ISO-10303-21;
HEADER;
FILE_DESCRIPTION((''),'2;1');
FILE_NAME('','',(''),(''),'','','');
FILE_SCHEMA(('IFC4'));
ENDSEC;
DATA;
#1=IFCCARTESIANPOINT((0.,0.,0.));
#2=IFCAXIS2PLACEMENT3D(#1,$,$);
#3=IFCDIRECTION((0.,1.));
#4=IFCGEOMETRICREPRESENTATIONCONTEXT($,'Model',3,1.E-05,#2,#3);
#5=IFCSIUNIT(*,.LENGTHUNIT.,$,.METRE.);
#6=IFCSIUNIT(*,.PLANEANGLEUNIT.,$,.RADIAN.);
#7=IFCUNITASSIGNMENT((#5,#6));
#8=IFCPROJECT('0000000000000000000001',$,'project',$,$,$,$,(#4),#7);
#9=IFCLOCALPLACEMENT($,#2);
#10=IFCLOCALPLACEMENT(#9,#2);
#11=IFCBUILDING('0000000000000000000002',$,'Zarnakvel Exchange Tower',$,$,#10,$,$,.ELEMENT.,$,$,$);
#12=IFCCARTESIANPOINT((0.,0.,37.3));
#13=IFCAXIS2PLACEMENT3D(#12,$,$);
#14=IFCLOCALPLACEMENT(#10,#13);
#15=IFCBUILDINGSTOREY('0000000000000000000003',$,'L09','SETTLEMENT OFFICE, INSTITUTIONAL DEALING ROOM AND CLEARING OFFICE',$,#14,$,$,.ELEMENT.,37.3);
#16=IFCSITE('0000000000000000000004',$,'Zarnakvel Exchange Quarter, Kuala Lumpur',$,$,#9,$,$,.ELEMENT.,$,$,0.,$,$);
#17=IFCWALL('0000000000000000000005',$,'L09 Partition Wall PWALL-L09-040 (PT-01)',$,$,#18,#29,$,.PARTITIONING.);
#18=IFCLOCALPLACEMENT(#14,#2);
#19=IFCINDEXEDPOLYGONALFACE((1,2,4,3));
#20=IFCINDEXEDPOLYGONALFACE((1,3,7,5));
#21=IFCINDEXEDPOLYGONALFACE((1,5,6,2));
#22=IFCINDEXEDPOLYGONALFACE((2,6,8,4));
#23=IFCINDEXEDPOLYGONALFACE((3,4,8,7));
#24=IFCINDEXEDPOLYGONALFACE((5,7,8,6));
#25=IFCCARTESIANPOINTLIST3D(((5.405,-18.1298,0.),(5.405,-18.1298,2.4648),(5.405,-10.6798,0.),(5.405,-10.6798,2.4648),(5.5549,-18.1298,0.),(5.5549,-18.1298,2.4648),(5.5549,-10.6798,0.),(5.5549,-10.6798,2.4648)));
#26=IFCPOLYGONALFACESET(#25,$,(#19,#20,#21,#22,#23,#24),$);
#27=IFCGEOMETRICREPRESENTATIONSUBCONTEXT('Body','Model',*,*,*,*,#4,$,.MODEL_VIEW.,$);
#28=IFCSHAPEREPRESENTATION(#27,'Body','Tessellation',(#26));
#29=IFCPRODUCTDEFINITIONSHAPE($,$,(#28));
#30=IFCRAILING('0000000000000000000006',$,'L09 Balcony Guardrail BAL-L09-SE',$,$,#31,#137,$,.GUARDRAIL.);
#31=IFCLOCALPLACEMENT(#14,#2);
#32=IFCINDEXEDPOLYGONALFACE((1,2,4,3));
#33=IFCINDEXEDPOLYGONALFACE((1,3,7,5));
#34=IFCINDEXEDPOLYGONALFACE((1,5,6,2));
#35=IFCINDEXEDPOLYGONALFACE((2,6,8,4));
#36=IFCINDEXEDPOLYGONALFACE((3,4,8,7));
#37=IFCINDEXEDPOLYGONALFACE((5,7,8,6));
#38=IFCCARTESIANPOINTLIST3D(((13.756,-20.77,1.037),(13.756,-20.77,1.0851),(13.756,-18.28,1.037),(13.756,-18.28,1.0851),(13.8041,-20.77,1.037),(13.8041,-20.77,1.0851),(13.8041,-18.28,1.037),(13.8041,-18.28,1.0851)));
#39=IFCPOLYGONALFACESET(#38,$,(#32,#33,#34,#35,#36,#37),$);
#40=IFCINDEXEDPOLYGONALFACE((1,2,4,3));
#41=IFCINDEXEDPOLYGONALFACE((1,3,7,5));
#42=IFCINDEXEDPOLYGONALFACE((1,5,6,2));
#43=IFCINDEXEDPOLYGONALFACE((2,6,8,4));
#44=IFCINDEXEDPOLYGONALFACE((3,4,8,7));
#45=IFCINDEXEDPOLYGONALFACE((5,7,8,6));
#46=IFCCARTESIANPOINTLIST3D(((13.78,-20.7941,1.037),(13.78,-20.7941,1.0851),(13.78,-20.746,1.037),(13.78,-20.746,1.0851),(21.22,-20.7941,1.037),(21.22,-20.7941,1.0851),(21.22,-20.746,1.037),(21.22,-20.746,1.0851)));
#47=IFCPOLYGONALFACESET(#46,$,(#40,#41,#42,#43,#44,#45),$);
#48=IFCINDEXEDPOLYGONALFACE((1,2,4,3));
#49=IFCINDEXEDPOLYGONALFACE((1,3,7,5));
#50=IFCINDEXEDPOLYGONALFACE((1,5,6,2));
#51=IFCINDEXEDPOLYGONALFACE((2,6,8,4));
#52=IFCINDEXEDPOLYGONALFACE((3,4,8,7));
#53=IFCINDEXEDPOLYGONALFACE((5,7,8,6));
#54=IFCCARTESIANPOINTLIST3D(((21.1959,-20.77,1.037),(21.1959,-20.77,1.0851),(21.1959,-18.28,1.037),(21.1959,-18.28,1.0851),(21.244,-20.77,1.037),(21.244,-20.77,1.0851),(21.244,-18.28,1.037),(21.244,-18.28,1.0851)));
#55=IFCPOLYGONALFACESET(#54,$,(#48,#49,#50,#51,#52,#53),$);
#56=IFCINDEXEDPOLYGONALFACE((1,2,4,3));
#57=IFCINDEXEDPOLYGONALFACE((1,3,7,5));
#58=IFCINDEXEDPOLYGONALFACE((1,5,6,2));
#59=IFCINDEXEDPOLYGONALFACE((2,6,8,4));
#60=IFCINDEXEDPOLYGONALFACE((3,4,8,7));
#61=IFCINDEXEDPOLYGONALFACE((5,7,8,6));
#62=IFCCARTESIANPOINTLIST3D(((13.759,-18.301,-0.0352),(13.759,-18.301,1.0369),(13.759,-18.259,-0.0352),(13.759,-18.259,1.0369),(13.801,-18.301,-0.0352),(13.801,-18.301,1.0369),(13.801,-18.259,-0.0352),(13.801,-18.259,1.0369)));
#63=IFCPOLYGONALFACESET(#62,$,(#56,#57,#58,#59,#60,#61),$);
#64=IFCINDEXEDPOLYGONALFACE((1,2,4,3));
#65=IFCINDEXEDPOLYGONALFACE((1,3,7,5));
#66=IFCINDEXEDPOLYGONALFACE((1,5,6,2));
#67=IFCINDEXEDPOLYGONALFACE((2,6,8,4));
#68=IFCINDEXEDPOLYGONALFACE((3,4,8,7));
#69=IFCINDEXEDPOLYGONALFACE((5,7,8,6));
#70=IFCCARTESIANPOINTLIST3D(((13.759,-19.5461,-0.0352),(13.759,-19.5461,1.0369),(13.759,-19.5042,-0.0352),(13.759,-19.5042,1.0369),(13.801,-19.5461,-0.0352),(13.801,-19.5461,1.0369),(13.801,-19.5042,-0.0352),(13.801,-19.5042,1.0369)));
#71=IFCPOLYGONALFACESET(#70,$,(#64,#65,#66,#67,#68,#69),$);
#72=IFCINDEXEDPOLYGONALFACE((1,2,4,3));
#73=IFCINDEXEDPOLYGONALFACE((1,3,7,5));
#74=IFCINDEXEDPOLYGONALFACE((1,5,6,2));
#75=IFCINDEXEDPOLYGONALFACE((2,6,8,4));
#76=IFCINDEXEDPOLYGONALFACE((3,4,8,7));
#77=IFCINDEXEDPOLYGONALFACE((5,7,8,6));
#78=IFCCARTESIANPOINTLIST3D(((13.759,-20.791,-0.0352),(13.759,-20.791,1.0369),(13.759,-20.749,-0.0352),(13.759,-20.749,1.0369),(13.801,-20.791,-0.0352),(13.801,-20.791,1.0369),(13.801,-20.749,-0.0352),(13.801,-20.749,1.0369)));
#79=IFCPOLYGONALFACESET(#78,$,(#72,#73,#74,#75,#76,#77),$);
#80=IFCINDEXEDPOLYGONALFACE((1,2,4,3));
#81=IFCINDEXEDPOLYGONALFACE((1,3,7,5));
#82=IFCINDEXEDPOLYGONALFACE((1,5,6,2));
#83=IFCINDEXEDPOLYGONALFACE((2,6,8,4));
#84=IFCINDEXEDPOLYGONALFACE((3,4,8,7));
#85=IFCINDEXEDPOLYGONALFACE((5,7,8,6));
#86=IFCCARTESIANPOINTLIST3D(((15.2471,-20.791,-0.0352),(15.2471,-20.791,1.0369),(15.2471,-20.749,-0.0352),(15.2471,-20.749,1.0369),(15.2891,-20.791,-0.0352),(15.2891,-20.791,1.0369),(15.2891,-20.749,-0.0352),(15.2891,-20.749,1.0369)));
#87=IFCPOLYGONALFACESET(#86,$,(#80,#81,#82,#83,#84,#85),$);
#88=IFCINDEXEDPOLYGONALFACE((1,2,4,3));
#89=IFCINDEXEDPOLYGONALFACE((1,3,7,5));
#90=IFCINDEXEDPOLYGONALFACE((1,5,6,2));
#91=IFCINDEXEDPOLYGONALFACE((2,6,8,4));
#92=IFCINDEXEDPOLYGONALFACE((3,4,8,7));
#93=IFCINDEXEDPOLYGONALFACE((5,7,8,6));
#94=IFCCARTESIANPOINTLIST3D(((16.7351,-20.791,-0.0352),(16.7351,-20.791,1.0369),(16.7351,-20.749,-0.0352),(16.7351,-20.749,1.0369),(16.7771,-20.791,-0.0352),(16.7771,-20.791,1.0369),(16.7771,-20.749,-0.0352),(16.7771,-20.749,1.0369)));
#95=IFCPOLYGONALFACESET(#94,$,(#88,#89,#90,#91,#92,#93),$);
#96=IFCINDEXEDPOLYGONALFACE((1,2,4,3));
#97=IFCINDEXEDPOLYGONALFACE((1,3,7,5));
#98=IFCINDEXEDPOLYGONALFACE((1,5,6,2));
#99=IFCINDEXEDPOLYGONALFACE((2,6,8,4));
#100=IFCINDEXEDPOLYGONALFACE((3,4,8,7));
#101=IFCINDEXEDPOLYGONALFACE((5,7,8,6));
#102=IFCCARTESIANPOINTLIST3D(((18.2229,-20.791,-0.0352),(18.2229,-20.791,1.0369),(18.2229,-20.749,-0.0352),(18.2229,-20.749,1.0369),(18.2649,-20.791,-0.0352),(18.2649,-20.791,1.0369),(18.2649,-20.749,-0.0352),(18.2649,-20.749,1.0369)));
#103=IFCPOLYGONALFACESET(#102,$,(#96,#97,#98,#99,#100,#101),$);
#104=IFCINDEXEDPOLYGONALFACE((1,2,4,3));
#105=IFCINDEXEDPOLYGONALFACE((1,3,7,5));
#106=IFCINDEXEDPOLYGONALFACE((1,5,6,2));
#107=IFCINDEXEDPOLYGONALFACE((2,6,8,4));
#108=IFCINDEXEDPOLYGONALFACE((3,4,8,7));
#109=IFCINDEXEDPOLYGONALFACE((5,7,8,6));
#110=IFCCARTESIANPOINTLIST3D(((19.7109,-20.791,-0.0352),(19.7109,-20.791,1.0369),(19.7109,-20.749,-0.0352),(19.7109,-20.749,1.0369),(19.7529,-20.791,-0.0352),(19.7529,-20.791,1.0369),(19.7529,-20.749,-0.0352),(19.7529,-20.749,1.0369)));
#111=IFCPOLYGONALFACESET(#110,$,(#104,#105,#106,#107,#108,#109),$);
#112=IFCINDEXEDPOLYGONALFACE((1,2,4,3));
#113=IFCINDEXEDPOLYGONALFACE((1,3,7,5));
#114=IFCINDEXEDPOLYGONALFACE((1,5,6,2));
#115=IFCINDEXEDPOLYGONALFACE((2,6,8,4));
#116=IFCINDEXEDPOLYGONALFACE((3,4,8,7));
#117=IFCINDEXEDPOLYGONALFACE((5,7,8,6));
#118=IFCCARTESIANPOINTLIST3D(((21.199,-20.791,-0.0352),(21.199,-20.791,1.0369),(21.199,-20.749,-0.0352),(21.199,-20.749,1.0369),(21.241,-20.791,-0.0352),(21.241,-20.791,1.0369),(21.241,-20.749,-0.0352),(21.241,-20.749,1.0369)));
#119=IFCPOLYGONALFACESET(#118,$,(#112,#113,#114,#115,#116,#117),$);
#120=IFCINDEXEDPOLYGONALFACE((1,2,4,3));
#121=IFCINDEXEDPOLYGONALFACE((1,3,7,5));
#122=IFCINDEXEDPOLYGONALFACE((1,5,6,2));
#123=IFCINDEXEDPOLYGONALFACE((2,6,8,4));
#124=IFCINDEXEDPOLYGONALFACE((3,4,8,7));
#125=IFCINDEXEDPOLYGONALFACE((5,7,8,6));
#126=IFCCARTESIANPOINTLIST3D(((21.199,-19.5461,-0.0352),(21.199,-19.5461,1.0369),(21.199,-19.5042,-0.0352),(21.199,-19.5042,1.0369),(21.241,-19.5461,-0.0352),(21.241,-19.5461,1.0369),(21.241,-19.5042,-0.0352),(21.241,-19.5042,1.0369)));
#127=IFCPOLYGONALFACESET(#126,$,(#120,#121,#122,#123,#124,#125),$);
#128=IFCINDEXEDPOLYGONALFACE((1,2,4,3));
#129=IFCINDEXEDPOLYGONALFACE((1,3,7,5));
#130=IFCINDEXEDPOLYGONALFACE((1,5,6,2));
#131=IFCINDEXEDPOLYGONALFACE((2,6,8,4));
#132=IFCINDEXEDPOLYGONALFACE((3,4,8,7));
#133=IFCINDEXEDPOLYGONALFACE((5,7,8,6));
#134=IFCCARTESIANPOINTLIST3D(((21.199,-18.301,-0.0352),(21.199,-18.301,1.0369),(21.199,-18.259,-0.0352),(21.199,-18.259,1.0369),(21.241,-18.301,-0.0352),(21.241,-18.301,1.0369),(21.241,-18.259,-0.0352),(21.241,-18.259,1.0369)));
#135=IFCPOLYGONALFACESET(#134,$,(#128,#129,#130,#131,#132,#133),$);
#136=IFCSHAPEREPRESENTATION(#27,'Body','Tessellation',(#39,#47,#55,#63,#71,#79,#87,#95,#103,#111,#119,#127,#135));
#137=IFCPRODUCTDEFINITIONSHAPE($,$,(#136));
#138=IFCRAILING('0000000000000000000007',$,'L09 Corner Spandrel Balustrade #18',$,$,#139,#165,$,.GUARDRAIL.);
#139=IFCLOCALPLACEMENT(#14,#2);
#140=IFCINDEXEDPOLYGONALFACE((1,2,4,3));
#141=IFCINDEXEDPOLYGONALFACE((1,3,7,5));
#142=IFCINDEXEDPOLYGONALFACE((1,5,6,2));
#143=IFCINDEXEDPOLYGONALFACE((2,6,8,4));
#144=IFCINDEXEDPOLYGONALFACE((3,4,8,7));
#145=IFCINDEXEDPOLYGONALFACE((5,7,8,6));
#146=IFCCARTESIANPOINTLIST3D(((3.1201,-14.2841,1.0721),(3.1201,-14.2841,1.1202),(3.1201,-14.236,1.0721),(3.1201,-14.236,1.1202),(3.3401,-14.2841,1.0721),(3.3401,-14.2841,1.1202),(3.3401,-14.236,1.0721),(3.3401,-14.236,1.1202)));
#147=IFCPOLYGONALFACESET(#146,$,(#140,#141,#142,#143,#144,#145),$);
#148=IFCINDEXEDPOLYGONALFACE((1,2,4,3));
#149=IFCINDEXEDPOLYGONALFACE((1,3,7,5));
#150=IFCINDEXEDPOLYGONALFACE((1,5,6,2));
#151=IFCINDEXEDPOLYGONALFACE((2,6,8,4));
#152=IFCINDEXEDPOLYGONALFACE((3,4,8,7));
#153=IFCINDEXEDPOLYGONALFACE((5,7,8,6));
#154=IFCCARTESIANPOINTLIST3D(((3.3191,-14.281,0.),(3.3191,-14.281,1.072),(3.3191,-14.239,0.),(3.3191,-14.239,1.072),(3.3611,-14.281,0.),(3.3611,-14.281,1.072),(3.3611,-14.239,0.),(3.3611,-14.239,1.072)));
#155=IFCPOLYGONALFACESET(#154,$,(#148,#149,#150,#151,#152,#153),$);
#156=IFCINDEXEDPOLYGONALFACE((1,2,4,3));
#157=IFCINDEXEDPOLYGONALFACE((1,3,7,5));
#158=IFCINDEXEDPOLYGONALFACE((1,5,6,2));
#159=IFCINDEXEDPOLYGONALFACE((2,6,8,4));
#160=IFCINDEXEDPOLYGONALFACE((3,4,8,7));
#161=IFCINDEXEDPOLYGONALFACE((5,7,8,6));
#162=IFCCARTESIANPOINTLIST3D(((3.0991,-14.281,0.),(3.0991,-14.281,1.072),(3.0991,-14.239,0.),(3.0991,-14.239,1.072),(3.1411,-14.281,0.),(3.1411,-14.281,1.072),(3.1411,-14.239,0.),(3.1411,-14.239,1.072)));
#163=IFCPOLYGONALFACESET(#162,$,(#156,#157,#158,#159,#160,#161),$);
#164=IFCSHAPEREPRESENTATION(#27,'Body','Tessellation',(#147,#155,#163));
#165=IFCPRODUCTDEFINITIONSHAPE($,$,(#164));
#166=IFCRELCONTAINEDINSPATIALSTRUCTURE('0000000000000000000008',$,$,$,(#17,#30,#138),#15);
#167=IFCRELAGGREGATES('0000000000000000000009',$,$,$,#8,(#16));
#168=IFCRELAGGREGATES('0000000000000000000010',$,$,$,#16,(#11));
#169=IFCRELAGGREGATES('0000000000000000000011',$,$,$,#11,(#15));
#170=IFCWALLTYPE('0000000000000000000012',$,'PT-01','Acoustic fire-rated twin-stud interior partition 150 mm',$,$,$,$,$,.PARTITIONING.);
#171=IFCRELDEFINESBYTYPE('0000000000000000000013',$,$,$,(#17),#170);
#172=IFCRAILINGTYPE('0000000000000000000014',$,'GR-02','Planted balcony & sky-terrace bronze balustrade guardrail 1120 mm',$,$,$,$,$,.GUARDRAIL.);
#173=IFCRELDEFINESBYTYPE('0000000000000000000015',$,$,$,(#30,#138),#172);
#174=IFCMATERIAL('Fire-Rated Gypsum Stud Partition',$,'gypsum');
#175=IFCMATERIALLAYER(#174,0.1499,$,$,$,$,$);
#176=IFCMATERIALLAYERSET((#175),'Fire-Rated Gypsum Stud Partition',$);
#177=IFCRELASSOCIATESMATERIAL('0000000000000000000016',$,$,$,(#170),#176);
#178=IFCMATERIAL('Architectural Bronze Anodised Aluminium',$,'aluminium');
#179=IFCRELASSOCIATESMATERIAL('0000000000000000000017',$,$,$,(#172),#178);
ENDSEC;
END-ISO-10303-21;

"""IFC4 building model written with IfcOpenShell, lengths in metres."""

from ifc_helpers import new_model, si_unit, direction, frame, frame_2d, origin, origin_2d, place, context, subcontext, project, spatial, rectangle, extrude, material, layer, layer_set, type_object, element, save


model = new_model("IFC4")

# Units and contexts
model_context = context("Model", 3, precision=1e-05, world=origin(), true_north=direction((0.0, 1.0)))
body_context = subcontext(model_context, "Body", "Model", "MODEL_VIEW")
ifc_project = project(units=[si_unit("LENGTHUNIT", "METRE"), si_unit("PLANEANGLEUNIT", "RADIAN")], contexts=[model_context])

# Site, building, storey
site_placement = place(None, origin())
site = spatial("IfcSite", under=ifc_project, at=site_placement, Name="Zarnakvel Exchange Quarter, Kuala Lumpur", CompositionType="ELEMENT", RefElevation=0.0)
building_placement = place(site_placement, origin())
building = spatial("IfcBuilding", under=site, at=building_placement, Name="Zarnakvel Exchange Tower", CompositionType="ELEMENT")
storey_placement = place(building_placement, frame((0.0, 0.0, 37.3)))
storey = spatial("IfcBuildingStorey", under=building, at=storey_placement, Name="L09", Description="SETTLEMENT OFFICE, INSTITUTIONAL DEALING ROOM AND CLEARING OFFICE", CompositionType="ELEMENT", Elevation=37.3)

# Shared definitions
ifc_material_1 = material(Name="Architectural Bronze Anodised Aluminium", Category="aluminium")

# Wall
ifc_material_2 = material(Name="Fire-Rated Gypsum Stud Partition", Category="gypsum")
ifc_layer_1 = layer(ifc_material_2, 0.1499)
ifc_layer_set_1 = layer_set([ifc_layer_1], Name="Fire-Rated Gypsum Stud Partition")
wall_type_1 = type_object("IfcWallType", Name="PT-01", Description="Acoustic fire-rated twin-stud interior partition 150 mm", PredefinedType="PARTITIONING", material=ifc_layer_set_1)
wall_1_placement = place(storey_placement, frame((5.48, -18.1299, 0.0), z_axis=(0.0, 0.0, 1.0), x_axis=(0.0, 1.0, 0.0)))
element("IfcWall", 1, at=wall_1_placement, inside=storey, type_object=wall_type_1, Name="L09 Partition Wall PWALL-L09-040 (PT-01)", PredefinedType="PARTITIONING", context=body_context, shape_type="SweptSolid", body=[
    extrude(rectangle(XDim=7.45, YDim=0.1499, at=frame_2d((3.7251, 0.0))), origin(), (0.0, 0.0, 1.0), 2.4648),
])

# Railings
railing_type = type_object("IfcRailingType", Name="GR-02", Description="Planted balcony & sky-terrace bronze balustrade guardrail 1120 mm", PredefinedType="GUARDRAIL", material=ifc_material_1)
railing_1_placement = place(storey_placement, frame((13.78, -18.28, -0.0352)))
element("IfcRailing", 2, at=railing_1_placement, inside=storey, type_object=railing_type, Name="L09 Balcony Guardrail BAL-L09-SE", PredefinedType="GUARDRAIL", context=body_context, shape_type="SweptSolid", body=[
    extrude(rectangle(XDim=0.0481, YDim=0.0481, at=origin_2d()), frame((0.0, 0.0, 1.0962), z_axis=(0.0, -1.0, 0.0), x_axis=(1.0, 0.0, 0.0)), (0.0, 0.0, 1.0), 2.49),
    extrude(rectangle(XDim=0.0481, YDim=0.0481, at=origin_2d()), frame((0.0, -2.49, 1.0962), z_axis=(1.0, 0.0, 0.0), x_axis=(0.0, 1.0, 0.0)), (0.0, 0.0, 1.0), 7.4399),
    extrude(rectangle(XDim=0.0481, YDim=0.0481, at=origin_2d()), frame((7.4399, -2.49, 1.0962), z_axis=(0.0, 1.0, 0.0), x_axis=(-1.0, 0.0, 0.0)), (0.0, 0.0, 1.0), 2.49),
    extrude(rectangle(XDim=0.042, YDim=0.042, at=origin_2d()), origin(), (0.0, 0.0, 1.0), 1.072),
    extrude(rectangle(XDim=0.042, YDim=0.042, at=origin_2d()), frame((0.0, -1.2451, 0.0)), (0.0, 0.0, 1.0), 1.072),
    extrude(rectangle(XDim=0.042, YDim=0.042, at=origin_2d()), frame((0.0, -2.49, 0.0)), (0.0, 0.0, 1.0), 1.072),
    extrude(rectangle(XDim=0.042, YDim=0.042, at=origin_2d()), frame((1.488, -2.49, 0.0)), (0.0, 0.0, 1.0), 1.072),
    extrude(rectangle(XDim=0.042, YDim=0.042, at=origin_2d()), frame((2.9761, -2.49, 0.0)), (0.0, 0.0, 1.0), 1.072),
    extrude(rectangle(XDim=0.042, YDim=0.042, at=origin_2d()), frame((4.4639, -2.49, 0.0)), (0.0, 0.0, 1.0), 1.072),
    extrude(rectangle(XDim=0.042, YDim=0.042, at=origin_2d()), frame((5.9519, -2.49, 0.0)), (0.0, 0.0, 1.0), 1.072),
    extrude(rectangle(XDim=0.042, YDim=0.042, at=origin_2d()), frame((7.4399, -2.49, 0.0)), (0.0, 0.0, 1.0), 1.072),
    extrude(rectangle(XDim=0.042, YDim=0.042, at=origin_2d()), frame((7.4399, -1.2451, 0.0)), (0.0, 0.0, 1.0), 1.072),
    extrude(rectangle(XDim=0.042, YDim=0.042, at=origin_2d()), frame((7.4399, 0.0, 0.0)), (0.0, 0.0, 1.0), 1.072),
])
railing_2_placement = place(storey_placement, frame((3.3401, -14.26, 0.0)))
element("IfcRailing", 3, at=railing_2_placement, inside=storey, type_object=railing_type, Name="L09 Corner Spandrel Balustrade #18", PredefinedType="GUARDRAIL", context=body_context, shape_type="SweptSolid", body=[
    extrude(rectangle(XDim=0.0481, YDim=0.0481, at=origin_2d()), frame((0.0, 0.0, 1.0962), z_axis=(-1.0, 0.0, 0.0), x_axis=(0.0, -1.0, 0.0)), (0.0, 0.0, 1.0), 0.22),
    extrude(rectangle(XDim=0.042, YDim=0.042, at=origin_2d()), origin(), (0.0, 0.0, 1.0), 1.072),
    extrude(rectangle(XDim=0.042, YDim=0.042, at=origin_2d()), frame((-0.22, 0.0, 0.0)), (0.0, 0.0, 1.0), 1.072),
])

save(model, "model.ifc")
